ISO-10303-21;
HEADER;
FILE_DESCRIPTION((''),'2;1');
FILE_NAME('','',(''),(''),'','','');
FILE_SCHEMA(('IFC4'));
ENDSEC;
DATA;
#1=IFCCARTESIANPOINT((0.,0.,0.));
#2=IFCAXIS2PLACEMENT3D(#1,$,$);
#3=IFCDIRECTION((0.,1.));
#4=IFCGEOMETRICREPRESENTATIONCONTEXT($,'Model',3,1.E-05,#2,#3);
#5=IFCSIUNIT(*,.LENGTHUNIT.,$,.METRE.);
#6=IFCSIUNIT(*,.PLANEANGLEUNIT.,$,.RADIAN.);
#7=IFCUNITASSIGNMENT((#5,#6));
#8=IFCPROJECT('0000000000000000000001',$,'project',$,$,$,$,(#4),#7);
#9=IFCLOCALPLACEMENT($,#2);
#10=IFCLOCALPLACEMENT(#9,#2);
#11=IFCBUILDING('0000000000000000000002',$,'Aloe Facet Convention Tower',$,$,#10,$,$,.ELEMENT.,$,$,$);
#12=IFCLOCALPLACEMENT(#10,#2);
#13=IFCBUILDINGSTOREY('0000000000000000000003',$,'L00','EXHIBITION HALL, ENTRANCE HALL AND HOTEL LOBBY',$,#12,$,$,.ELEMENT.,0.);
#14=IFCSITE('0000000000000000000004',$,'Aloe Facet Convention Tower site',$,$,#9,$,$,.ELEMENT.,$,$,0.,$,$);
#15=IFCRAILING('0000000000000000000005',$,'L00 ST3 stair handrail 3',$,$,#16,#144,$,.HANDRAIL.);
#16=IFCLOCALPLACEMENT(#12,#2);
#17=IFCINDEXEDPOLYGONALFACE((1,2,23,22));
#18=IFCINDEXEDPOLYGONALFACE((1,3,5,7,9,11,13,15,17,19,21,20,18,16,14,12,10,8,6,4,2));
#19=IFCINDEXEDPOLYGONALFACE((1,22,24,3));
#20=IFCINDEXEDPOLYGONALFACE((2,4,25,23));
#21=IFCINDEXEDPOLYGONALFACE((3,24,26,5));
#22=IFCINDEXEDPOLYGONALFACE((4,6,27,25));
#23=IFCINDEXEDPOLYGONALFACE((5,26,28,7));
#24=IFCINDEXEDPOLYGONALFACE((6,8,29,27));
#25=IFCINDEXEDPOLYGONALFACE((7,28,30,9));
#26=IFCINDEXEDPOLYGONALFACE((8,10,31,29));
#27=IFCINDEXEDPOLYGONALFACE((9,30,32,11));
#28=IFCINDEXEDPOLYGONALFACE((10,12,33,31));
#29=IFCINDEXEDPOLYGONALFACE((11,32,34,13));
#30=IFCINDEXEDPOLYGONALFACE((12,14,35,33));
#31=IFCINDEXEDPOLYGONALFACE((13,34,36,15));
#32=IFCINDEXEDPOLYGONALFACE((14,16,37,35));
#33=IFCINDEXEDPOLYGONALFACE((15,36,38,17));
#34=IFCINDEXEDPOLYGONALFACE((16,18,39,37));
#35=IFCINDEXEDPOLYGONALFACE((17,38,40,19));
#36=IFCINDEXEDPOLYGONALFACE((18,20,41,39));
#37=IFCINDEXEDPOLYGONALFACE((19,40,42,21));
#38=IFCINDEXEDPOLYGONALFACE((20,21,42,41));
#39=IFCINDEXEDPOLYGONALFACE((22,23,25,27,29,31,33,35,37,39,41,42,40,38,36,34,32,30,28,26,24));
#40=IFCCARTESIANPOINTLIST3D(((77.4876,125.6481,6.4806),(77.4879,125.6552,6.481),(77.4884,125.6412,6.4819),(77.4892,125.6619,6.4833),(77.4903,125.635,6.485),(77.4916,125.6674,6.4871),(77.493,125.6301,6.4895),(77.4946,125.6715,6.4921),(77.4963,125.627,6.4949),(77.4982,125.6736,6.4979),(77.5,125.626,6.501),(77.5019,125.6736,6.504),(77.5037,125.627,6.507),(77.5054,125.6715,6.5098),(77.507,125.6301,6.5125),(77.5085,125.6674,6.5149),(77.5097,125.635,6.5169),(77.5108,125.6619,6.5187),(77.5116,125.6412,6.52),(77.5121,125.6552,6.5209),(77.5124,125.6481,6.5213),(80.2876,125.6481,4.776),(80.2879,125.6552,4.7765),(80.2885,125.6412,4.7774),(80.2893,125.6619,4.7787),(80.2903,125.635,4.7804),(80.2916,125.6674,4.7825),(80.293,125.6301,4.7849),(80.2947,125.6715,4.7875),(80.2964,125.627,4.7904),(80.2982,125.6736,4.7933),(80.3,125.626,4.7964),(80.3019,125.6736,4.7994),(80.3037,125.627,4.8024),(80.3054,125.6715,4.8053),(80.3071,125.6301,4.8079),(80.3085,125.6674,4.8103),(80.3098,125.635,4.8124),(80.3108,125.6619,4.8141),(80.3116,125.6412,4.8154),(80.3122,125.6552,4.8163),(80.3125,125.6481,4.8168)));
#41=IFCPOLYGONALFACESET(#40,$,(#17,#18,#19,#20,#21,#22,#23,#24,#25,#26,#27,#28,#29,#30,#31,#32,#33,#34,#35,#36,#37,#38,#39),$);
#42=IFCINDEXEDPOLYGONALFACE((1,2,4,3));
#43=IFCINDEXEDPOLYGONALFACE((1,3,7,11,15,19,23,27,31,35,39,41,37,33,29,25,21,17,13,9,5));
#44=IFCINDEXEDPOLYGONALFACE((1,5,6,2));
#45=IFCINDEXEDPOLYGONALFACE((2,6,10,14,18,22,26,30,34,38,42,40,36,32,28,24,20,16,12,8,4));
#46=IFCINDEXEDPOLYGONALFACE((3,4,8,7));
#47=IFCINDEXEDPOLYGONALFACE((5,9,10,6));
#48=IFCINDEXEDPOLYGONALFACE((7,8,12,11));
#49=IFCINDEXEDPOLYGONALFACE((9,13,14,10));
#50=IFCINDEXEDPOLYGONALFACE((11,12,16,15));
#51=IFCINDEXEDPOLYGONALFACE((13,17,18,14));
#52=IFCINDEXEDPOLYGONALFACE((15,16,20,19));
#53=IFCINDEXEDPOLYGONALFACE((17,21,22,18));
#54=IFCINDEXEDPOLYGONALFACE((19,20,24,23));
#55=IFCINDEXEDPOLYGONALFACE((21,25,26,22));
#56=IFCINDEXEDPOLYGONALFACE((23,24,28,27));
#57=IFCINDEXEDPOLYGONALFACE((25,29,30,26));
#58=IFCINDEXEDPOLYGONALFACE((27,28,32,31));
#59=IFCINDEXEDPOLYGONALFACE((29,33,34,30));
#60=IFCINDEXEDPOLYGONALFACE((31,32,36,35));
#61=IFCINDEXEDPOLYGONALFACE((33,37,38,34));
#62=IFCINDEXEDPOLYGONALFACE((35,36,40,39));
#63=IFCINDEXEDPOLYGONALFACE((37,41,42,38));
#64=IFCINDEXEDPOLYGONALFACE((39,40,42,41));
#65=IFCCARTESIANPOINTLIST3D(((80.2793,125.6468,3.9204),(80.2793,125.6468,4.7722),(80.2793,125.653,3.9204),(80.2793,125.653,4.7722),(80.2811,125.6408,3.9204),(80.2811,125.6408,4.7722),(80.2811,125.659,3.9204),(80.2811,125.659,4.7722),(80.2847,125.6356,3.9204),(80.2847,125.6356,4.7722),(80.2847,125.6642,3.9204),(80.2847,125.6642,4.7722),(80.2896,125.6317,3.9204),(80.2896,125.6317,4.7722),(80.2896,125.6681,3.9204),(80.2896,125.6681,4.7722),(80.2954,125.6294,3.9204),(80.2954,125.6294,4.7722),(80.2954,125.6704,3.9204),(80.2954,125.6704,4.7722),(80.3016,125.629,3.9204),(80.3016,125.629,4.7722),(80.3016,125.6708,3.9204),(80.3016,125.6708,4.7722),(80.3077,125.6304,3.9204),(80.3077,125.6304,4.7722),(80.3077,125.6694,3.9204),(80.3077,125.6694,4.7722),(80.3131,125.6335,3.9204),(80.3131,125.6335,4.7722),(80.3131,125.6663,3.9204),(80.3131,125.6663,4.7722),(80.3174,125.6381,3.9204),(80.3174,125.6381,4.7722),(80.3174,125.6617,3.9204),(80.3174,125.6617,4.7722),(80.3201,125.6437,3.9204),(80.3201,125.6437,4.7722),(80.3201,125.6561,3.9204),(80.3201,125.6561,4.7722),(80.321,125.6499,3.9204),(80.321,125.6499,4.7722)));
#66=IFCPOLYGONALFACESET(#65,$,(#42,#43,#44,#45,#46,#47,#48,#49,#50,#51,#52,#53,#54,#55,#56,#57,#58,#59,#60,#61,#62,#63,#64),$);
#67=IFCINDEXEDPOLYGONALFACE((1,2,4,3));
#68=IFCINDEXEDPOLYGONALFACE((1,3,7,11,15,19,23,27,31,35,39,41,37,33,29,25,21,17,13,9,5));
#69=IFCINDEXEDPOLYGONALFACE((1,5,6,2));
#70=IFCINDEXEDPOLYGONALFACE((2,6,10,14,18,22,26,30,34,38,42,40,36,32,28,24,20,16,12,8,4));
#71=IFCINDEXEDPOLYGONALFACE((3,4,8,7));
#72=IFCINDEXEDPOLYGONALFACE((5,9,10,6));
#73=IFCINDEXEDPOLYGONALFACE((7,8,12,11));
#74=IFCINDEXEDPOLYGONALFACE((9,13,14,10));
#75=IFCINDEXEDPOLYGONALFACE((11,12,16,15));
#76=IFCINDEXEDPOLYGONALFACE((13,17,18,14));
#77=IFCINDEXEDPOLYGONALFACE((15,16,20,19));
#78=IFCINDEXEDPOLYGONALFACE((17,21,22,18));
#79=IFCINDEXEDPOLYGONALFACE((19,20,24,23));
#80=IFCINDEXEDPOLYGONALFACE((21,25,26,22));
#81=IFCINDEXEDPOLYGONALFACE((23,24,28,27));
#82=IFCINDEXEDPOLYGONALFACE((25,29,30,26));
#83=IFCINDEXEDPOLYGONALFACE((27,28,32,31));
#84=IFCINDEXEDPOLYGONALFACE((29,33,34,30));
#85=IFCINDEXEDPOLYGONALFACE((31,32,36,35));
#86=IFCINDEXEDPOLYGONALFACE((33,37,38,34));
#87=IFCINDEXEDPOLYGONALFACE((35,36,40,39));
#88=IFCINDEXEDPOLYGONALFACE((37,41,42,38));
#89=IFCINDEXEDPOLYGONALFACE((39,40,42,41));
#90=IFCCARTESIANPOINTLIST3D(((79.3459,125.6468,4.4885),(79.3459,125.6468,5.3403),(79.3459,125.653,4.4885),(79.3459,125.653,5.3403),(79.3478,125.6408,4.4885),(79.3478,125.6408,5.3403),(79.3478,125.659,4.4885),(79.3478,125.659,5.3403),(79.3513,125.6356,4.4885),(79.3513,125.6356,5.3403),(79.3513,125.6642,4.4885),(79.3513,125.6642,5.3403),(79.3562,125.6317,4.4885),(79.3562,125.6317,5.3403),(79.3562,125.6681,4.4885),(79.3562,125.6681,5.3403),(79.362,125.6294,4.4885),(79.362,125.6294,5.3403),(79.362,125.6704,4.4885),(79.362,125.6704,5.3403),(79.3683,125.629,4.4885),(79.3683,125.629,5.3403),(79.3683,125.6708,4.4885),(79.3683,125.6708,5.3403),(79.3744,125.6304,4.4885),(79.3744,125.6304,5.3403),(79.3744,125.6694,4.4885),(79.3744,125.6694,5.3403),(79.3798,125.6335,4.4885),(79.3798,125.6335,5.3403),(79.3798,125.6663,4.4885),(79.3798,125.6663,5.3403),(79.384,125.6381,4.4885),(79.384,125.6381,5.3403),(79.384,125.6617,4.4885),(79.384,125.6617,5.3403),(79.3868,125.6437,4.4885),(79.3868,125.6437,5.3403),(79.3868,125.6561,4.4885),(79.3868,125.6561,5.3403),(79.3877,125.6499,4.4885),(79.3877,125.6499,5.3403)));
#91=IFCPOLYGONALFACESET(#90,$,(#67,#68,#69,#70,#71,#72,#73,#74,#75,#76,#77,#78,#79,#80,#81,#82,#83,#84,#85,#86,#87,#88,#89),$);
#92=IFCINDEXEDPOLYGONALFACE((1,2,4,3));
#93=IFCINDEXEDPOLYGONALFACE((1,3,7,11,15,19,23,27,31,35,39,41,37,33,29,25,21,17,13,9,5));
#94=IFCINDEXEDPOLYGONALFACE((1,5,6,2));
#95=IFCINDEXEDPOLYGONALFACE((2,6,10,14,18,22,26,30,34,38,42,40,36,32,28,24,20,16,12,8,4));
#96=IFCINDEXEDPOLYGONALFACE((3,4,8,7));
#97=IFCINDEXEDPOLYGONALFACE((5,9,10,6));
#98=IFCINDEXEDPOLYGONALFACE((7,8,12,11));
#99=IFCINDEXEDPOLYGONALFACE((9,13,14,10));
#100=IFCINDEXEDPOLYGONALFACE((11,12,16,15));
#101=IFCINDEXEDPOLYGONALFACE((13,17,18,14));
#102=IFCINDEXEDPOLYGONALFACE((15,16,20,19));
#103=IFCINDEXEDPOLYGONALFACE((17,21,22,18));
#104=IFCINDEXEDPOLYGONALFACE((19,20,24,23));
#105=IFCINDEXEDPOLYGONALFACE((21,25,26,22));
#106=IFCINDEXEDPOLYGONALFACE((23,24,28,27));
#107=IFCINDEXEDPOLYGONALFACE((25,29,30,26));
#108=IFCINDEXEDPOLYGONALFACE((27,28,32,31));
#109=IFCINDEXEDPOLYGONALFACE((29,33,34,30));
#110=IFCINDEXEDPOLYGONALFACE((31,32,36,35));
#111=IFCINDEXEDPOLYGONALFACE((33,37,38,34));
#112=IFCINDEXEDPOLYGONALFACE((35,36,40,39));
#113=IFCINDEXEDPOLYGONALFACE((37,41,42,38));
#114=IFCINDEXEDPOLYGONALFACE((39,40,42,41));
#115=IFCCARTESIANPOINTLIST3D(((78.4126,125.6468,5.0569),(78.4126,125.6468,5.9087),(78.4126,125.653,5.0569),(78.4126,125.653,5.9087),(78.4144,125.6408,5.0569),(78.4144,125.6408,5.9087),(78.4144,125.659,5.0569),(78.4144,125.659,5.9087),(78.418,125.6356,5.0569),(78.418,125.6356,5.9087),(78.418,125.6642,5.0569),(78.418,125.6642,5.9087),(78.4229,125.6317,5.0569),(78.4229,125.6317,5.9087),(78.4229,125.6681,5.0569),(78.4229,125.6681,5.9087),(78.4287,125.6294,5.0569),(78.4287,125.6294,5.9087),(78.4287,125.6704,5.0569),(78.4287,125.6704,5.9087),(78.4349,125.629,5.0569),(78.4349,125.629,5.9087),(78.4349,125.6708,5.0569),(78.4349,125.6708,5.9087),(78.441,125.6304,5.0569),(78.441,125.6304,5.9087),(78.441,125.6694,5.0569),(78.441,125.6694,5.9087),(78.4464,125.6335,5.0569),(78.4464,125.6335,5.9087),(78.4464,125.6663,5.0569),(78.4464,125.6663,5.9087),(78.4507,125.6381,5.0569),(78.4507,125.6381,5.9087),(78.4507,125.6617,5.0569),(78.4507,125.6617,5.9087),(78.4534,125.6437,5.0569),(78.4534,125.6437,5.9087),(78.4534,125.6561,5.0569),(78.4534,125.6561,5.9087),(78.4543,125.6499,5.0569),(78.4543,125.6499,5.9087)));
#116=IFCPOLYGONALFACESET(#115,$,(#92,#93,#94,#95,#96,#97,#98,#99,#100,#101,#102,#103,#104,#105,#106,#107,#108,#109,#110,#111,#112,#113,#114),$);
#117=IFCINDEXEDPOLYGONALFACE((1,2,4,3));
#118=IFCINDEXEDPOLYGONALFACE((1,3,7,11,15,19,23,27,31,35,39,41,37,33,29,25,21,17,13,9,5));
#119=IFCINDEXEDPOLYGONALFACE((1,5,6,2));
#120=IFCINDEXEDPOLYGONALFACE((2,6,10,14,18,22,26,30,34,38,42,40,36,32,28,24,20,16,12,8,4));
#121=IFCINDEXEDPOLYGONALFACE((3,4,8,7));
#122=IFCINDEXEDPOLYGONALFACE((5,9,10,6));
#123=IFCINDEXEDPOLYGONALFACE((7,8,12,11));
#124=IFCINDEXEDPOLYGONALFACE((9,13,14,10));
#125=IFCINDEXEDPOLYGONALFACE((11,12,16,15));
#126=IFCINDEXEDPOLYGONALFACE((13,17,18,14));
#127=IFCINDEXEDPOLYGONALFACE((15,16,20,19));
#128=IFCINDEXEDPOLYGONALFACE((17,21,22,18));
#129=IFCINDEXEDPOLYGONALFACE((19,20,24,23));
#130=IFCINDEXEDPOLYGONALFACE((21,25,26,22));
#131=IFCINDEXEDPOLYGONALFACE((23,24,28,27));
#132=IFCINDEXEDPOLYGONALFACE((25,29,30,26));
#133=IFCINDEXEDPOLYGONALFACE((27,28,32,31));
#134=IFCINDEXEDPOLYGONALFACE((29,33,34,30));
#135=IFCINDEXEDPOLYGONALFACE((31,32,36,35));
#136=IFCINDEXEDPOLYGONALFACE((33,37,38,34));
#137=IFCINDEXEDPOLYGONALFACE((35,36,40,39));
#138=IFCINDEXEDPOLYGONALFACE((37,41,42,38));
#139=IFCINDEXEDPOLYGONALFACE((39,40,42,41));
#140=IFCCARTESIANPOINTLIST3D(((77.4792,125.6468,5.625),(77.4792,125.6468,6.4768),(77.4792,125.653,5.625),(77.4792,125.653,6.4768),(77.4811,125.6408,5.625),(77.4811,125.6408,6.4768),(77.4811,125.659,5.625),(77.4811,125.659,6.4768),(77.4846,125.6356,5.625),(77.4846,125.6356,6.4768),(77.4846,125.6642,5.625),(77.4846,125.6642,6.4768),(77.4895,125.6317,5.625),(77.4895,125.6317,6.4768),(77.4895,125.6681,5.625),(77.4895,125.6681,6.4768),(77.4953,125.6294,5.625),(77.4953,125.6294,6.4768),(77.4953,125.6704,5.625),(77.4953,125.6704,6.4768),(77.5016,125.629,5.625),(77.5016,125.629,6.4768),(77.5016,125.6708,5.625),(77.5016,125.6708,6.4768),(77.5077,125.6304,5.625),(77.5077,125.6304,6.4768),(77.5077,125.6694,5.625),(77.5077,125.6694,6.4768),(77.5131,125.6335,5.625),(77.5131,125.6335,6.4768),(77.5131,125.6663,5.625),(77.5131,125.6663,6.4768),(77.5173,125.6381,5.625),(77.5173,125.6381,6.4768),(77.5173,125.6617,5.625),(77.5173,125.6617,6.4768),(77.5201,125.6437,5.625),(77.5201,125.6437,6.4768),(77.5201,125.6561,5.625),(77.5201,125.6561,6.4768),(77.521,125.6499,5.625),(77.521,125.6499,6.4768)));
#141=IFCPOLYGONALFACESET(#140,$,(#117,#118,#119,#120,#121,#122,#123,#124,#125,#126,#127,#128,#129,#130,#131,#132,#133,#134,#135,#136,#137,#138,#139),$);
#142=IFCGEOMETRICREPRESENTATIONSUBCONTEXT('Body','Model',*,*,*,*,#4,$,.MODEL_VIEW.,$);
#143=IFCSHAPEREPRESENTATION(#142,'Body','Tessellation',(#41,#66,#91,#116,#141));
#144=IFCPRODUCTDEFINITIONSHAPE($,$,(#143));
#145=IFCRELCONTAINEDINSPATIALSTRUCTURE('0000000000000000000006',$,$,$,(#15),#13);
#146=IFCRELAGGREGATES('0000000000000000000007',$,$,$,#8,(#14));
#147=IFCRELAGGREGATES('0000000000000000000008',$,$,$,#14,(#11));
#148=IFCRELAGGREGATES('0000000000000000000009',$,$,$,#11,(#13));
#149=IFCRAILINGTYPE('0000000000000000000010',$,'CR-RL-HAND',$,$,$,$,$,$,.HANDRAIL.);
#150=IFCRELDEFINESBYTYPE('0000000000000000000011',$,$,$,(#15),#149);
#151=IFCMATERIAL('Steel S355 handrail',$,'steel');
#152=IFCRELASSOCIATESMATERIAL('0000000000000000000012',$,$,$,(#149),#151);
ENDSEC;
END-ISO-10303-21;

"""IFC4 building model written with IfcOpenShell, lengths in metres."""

from ifc_helpers import new_model, si_unit, direction, frame, origin, origin_2d, place, context, subcontext, project, spatial, circle, extrude, material, type_object, element, save


model = new_model("IFC4")

# Units and contexts
model_context = context("Model", 3, precision=1e-05, world=origin(), true_north=direction((0.0, 1.0)))
body_context = subcontext(model_context, "Body", "Model", "MODEL_VIEW")
ifc_project = project(units=[si_unit("LENGTHUNIT", "METRE"), si_unit("PLANEANGLEUNIT", "RADIAN")], contexts=[model_context])

# Site, building, storey
site_placement = place(None, origin())
site = spatial("IfcSite", under=ifc_project, at=site_placement, Name="Aloe Facet Convention Tower site", CompositionType="ELEMENT", RefElevation=0.0)
building_placement = place(site_placement, origin())
building = spatial("IfcBuilding", under=site, at=building_placement, Name="Aloe Facet Convention Tower", CompositionType="ELEMENT")
storey_placement = place(building_placement, origin())
storey = spatial("IfcBuildingStorey", under=building, at=storey_placement, Name="L00", Description="EXHIBITION HALL, ENTRANCE HALL AND HOTEL LOBBY", CompositionType="ELEMENT", Elevation=0.0)

# Railing
ifc_material_1 = material(Name="Steel S355 handrail", Category="steel")
railing_type_1 = type_object("IfcRailingType", Name="CR-RL-HAND", PredefinedType="HANDRAIL", material=ifc_material_1)
for number, where, name in (
    (1, (80.3, 125.6499, 3.9204), "L00 ST3 stair handrail 3"),
):
    element("IfcRailing", number, at=place(storey_placement, frame(where)), inside=storey, type_object=railing_type_1, Name=name, PredefinedType="HANDRAIL", context=body_context, shape_type="SweptSolid", body=[
        extrude(circle(Radius=0.0239, at=origin_2d()), frame((0.0, 0.0, 0.876), z_axis=(-0.85417, 0.0, 0.519994), x_axis=(0.0, -1.0, 0.0)), (0.0, 0.0, 1.0), 3.2781),
        extrude(circle(Radius=0.021, at=origin_2d()), origin(), (0.0, 0.0, 1.0), 0.8518),
        extrude(circle(Radius=0.021, at=origin_2d()), frame((-0.9333, 0.0, 0.5681)), (0.0, 0.0, 1.0), 0.8518),
        extrude(circle(Radius=0.021, at=origin_2d()), frame((-1.8667, 0.0, 1.1365)), (0.0, 0.0, 1.0), 0.8518),
        extrude(circle(Radius=0.021, at=origin_2d()), frame((-2.8, 0.0, 1.7046)), (0.0, 0.0, 1.0), 0.8518),
    ])

save(model, "model.ifc")
